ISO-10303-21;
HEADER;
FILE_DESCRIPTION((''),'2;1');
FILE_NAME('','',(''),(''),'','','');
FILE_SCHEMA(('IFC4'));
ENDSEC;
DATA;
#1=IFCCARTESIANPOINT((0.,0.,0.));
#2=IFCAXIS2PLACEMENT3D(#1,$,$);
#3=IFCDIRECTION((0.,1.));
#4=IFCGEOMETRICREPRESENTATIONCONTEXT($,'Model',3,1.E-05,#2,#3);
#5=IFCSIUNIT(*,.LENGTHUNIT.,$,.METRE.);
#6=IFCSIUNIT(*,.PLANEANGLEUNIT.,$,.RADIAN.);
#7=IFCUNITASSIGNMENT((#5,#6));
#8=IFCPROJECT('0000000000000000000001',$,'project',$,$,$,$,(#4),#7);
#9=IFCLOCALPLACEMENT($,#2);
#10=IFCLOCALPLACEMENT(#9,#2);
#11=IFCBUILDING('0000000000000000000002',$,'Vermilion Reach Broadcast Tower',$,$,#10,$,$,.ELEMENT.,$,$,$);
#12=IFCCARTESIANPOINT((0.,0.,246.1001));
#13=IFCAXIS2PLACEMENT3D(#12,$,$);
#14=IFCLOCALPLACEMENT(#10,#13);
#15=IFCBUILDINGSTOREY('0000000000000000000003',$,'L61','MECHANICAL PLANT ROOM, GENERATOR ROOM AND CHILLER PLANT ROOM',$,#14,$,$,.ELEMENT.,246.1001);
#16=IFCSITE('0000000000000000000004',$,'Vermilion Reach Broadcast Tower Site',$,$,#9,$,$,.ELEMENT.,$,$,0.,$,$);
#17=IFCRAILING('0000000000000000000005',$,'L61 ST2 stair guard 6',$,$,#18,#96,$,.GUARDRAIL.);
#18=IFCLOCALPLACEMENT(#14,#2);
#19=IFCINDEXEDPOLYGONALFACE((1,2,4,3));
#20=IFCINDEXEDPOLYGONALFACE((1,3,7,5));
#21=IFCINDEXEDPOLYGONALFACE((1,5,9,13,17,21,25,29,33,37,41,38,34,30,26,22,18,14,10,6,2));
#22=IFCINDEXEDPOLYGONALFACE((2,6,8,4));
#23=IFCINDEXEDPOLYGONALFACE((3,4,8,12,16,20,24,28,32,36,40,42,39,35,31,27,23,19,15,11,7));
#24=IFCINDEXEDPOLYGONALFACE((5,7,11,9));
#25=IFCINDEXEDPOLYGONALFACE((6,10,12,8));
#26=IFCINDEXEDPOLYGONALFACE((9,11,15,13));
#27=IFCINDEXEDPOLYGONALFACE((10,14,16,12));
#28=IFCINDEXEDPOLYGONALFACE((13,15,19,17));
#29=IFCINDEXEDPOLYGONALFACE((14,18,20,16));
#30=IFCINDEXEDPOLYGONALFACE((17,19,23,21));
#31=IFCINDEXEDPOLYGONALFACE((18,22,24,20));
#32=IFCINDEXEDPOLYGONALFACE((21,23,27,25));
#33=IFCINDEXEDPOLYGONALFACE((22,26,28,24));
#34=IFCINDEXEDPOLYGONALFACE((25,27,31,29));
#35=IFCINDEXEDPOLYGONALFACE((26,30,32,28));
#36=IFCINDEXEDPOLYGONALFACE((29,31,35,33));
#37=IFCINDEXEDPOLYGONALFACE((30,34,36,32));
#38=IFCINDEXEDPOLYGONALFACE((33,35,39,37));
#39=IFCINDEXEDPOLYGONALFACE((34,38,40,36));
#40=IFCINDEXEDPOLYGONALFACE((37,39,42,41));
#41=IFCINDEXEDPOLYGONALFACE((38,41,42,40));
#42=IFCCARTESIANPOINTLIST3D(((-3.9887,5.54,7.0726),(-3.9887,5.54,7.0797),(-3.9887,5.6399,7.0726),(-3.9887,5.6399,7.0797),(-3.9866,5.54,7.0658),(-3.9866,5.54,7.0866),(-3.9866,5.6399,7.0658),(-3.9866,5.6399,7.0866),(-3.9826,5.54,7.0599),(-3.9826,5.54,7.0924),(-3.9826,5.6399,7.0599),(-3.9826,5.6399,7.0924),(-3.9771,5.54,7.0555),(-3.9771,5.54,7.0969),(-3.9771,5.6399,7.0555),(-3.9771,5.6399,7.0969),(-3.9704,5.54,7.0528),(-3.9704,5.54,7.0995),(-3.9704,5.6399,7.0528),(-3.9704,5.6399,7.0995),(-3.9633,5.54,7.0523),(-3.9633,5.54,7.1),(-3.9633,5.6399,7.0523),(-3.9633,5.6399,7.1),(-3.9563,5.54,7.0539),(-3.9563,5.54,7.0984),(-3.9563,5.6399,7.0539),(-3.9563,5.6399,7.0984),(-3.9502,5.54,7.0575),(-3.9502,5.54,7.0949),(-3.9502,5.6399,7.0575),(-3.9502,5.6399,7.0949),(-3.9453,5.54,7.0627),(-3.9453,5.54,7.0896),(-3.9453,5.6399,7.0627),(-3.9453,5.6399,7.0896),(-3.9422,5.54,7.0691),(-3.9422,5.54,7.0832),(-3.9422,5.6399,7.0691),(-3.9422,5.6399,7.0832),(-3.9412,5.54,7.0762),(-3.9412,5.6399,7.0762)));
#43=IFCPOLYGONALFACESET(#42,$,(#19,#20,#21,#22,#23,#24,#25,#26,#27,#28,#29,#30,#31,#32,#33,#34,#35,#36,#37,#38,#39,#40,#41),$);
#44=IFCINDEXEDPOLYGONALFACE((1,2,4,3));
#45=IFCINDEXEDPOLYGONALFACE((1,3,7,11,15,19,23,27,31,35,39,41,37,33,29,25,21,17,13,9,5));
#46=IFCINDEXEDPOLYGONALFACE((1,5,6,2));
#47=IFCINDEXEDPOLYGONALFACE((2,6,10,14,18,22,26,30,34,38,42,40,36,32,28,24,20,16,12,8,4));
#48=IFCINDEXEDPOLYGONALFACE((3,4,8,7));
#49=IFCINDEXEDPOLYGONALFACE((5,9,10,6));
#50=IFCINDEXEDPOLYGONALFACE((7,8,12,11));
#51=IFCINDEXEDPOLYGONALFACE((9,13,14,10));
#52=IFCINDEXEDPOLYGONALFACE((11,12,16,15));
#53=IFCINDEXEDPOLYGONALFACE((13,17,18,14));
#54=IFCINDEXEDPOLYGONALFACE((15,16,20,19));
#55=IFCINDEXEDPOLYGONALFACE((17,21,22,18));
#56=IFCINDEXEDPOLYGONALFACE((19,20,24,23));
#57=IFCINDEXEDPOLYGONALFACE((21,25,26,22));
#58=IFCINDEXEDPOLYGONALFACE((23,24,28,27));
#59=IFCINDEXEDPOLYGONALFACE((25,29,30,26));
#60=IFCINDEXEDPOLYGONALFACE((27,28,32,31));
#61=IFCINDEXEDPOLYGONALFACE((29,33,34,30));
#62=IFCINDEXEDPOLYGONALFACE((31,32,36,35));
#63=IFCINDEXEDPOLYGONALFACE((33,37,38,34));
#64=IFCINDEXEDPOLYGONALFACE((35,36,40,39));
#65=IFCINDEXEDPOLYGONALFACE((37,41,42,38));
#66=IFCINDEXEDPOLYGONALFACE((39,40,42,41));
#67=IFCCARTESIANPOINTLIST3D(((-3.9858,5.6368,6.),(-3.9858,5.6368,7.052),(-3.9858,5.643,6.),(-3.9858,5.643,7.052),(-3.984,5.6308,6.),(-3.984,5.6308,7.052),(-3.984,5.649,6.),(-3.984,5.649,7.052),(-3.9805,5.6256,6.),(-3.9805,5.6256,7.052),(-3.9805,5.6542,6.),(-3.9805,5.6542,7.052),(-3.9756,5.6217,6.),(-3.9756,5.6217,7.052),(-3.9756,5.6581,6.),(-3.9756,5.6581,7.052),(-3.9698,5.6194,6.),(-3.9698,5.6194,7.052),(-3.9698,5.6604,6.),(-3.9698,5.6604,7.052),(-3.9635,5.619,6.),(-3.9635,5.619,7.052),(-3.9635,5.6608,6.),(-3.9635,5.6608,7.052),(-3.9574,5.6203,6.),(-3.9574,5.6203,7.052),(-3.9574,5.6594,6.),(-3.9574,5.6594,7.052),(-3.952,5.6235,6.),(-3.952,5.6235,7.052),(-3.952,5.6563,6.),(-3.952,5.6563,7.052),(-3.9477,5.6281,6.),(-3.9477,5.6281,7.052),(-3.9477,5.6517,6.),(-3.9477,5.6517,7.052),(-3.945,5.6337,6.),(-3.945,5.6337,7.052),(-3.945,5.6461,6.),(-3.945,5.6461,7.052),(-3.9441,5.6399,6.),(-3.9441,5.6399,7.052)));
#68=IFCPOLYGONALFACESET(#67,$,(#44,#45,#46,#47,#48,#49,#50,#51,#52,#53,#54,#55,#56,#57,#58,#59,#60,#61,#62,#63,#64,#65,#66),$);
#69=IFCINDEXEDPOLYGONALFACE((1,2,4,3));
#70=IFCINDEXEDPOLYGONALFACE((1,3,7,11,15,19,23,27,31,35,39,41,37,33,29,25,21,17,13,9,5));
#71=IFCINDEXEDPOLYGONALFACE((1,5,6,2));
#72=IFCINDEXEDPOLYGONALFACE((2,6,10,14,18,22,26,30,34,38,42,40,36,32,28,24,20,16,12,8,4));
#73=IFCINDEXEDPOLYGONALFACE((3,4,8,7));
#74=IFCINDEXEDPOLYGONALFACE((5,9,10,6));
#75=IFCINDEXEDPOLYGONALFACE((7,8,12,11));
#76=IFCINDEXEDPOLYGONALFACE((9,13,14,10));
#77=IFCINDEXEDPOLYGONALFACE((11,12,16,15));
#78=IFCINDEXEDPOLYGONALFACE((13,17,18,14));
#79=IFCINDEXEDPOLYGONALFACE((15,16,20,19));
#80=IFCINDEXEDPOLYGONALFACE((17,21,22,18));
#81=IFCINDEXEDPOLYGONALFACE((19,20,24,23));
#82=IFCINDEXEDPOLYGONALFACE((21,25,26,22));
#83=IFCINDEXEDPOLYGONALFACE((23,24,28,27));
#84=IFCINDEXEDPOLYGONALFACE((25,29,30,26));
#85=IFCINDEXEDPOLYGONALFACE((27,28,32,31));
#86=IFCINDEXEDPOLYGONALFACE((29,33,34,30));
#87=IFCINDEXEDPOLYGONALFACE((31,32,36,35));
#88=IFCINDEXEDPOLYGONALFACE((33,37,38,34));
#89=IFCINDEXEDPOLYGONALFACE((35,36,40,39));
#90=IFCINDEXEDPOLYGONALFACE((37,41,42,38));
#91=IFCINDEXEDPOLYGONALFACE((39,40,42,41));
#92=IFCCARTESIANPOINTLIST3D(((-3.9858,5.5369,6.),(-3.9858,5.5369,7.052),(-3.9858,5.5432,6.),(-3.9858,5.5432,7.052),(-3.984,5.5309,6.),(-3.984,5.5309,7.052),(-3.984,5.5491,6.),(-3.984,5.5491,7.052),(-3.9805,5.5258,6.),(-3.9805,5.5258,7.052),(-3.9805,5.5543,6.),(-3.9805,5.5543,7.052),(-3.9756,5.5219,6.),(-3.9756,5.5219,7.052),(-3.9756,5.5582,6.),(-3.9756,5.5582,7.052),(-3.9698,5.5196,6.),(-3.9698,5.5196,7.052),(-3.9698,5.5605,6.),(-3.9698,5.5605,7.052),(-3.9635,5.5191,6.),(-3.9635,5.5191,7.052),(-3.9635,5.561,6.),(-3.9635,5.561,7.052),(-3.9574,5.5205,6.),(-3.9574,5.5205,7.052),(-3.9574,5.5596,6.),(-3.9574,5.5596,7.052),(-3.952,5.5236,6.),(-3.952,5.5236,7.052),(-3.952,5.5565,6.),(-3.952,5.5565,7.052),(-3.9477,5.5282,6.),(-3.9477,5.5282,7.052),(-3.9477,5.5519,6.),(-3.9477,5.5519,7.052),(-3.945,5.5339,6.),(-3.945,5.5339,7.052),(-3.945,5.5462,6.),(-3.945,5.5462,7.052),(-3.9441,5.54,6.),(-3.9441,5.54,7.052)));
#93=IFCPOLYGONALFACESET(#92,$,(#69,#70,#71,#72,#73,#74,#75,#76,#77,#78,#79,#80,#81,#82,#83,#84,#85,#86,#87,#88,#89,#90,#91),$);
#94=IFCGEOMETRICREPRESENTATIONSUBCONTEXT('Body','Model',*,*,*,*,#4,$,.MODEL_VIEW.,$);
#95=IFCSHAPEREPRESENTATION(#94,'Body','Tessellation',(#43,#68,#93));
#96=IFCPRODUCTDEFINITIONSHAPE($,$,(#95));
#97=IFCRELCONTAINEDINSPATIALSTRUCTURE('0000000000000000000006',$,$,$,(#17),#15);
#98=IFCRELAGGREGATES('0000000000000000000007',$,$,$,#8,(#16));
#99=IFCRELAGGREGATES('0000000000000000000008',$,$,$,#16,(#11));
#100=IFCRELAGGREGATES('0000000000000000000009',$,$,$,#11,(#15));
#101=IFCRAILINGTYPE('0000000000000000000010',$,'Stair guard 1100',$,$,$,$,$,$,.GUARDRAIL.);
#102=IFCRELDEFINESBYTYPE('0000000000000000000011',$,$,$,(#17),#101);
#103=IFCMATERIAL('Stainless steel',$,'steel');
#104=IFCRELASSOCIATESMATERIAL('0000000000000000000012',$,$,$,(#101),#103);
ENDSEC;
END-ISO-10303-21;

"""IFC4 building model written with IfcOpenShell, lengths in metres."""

from ifc_helpers import new_model, si_unit, direction, frame, origin, origin_2d, place, context, subcontext, project, spatial, circle, extrude, material, type_object, element, save


model = new_model("IFC4")

# Units and contexts
model_context = context("Model", 3, precision=1e-05, world=origin(), true_north=direction((0.0, 1.0)))
body_context = subcontext(model_context, "Body", "Model", "MODEL_VIEW")
ifc_project = project(units=[si_unit("LENGTHUNIT", "METRE"), si_unit("PLANEANGLEUNIT", "RADIAN")], contexts=[model_context])

# Site, building, storey
site_placement = place(None, origin())
site = spatial("IfcSite", under=ifc_project, at=site_placement, Name="Vermilion Reach Broadcast Tower Site", CompositionType="ELEMENT", RefElevation=0.0)
building_placement = place(site_placement, origin())
building = spatial("IfcBuilding", under=site, at=building_placement, Name="Vermilion Reach Broadcast Tower", CompositionType="ELEMENT")
storey_placement = place(building_placement, frame((0.0, 0.0, 246.1001)))
storey = spatial("IfcBuildingStorey", under=building, at=storey_placement, Name="L61", Description="MECHANICAL PLANT ROOM, GENERATOR ROOM AND CHILLER PLANT ROOM", CompositionType="ELEMENT", Elevation=246.1001)

# Railing
ifc_material_1 = material(Name="Stainless steel", Category="steel")
railing_type_1 = type_object("IfcRailingType", Name="Stair guard 1100", PredefinedType="GUARDRAIL", material=ifc_material_1)
railing_1_placement = place(storey_placement, frame((-3.9651, 5.6399, 6.0)))
element("IfcRailing", 1, at=railing_1_placement, inside=storey, type_object=railing_type_1, Name="L61 ST2 stair guard 6", PredefinedType="GUARDRAIL", context=body_context, shape_type="SweptSolid", body=[
    extrude(circle(Radius=0.0239, at=origin_2d()), frame((0.0, 0.0, 1.0762), z_axis=(0.0, -1.0, 0.0), x_axis=(1.0, 0.0, 0.0)), (0.0, 0.0, 1.0), 0.0999),
    extrude(circle(Radius=0.021, at=origin_2d()), origin(), (0.0, 0.0, 1.0), 1.052),
    extrude(circle(Radius=0.021, at=origin_2d()), frame((0.0, -0.0999, 0.0)), (0.0, 0.0, 1.0), 1.052),
])

save(model, "model.ifc")
